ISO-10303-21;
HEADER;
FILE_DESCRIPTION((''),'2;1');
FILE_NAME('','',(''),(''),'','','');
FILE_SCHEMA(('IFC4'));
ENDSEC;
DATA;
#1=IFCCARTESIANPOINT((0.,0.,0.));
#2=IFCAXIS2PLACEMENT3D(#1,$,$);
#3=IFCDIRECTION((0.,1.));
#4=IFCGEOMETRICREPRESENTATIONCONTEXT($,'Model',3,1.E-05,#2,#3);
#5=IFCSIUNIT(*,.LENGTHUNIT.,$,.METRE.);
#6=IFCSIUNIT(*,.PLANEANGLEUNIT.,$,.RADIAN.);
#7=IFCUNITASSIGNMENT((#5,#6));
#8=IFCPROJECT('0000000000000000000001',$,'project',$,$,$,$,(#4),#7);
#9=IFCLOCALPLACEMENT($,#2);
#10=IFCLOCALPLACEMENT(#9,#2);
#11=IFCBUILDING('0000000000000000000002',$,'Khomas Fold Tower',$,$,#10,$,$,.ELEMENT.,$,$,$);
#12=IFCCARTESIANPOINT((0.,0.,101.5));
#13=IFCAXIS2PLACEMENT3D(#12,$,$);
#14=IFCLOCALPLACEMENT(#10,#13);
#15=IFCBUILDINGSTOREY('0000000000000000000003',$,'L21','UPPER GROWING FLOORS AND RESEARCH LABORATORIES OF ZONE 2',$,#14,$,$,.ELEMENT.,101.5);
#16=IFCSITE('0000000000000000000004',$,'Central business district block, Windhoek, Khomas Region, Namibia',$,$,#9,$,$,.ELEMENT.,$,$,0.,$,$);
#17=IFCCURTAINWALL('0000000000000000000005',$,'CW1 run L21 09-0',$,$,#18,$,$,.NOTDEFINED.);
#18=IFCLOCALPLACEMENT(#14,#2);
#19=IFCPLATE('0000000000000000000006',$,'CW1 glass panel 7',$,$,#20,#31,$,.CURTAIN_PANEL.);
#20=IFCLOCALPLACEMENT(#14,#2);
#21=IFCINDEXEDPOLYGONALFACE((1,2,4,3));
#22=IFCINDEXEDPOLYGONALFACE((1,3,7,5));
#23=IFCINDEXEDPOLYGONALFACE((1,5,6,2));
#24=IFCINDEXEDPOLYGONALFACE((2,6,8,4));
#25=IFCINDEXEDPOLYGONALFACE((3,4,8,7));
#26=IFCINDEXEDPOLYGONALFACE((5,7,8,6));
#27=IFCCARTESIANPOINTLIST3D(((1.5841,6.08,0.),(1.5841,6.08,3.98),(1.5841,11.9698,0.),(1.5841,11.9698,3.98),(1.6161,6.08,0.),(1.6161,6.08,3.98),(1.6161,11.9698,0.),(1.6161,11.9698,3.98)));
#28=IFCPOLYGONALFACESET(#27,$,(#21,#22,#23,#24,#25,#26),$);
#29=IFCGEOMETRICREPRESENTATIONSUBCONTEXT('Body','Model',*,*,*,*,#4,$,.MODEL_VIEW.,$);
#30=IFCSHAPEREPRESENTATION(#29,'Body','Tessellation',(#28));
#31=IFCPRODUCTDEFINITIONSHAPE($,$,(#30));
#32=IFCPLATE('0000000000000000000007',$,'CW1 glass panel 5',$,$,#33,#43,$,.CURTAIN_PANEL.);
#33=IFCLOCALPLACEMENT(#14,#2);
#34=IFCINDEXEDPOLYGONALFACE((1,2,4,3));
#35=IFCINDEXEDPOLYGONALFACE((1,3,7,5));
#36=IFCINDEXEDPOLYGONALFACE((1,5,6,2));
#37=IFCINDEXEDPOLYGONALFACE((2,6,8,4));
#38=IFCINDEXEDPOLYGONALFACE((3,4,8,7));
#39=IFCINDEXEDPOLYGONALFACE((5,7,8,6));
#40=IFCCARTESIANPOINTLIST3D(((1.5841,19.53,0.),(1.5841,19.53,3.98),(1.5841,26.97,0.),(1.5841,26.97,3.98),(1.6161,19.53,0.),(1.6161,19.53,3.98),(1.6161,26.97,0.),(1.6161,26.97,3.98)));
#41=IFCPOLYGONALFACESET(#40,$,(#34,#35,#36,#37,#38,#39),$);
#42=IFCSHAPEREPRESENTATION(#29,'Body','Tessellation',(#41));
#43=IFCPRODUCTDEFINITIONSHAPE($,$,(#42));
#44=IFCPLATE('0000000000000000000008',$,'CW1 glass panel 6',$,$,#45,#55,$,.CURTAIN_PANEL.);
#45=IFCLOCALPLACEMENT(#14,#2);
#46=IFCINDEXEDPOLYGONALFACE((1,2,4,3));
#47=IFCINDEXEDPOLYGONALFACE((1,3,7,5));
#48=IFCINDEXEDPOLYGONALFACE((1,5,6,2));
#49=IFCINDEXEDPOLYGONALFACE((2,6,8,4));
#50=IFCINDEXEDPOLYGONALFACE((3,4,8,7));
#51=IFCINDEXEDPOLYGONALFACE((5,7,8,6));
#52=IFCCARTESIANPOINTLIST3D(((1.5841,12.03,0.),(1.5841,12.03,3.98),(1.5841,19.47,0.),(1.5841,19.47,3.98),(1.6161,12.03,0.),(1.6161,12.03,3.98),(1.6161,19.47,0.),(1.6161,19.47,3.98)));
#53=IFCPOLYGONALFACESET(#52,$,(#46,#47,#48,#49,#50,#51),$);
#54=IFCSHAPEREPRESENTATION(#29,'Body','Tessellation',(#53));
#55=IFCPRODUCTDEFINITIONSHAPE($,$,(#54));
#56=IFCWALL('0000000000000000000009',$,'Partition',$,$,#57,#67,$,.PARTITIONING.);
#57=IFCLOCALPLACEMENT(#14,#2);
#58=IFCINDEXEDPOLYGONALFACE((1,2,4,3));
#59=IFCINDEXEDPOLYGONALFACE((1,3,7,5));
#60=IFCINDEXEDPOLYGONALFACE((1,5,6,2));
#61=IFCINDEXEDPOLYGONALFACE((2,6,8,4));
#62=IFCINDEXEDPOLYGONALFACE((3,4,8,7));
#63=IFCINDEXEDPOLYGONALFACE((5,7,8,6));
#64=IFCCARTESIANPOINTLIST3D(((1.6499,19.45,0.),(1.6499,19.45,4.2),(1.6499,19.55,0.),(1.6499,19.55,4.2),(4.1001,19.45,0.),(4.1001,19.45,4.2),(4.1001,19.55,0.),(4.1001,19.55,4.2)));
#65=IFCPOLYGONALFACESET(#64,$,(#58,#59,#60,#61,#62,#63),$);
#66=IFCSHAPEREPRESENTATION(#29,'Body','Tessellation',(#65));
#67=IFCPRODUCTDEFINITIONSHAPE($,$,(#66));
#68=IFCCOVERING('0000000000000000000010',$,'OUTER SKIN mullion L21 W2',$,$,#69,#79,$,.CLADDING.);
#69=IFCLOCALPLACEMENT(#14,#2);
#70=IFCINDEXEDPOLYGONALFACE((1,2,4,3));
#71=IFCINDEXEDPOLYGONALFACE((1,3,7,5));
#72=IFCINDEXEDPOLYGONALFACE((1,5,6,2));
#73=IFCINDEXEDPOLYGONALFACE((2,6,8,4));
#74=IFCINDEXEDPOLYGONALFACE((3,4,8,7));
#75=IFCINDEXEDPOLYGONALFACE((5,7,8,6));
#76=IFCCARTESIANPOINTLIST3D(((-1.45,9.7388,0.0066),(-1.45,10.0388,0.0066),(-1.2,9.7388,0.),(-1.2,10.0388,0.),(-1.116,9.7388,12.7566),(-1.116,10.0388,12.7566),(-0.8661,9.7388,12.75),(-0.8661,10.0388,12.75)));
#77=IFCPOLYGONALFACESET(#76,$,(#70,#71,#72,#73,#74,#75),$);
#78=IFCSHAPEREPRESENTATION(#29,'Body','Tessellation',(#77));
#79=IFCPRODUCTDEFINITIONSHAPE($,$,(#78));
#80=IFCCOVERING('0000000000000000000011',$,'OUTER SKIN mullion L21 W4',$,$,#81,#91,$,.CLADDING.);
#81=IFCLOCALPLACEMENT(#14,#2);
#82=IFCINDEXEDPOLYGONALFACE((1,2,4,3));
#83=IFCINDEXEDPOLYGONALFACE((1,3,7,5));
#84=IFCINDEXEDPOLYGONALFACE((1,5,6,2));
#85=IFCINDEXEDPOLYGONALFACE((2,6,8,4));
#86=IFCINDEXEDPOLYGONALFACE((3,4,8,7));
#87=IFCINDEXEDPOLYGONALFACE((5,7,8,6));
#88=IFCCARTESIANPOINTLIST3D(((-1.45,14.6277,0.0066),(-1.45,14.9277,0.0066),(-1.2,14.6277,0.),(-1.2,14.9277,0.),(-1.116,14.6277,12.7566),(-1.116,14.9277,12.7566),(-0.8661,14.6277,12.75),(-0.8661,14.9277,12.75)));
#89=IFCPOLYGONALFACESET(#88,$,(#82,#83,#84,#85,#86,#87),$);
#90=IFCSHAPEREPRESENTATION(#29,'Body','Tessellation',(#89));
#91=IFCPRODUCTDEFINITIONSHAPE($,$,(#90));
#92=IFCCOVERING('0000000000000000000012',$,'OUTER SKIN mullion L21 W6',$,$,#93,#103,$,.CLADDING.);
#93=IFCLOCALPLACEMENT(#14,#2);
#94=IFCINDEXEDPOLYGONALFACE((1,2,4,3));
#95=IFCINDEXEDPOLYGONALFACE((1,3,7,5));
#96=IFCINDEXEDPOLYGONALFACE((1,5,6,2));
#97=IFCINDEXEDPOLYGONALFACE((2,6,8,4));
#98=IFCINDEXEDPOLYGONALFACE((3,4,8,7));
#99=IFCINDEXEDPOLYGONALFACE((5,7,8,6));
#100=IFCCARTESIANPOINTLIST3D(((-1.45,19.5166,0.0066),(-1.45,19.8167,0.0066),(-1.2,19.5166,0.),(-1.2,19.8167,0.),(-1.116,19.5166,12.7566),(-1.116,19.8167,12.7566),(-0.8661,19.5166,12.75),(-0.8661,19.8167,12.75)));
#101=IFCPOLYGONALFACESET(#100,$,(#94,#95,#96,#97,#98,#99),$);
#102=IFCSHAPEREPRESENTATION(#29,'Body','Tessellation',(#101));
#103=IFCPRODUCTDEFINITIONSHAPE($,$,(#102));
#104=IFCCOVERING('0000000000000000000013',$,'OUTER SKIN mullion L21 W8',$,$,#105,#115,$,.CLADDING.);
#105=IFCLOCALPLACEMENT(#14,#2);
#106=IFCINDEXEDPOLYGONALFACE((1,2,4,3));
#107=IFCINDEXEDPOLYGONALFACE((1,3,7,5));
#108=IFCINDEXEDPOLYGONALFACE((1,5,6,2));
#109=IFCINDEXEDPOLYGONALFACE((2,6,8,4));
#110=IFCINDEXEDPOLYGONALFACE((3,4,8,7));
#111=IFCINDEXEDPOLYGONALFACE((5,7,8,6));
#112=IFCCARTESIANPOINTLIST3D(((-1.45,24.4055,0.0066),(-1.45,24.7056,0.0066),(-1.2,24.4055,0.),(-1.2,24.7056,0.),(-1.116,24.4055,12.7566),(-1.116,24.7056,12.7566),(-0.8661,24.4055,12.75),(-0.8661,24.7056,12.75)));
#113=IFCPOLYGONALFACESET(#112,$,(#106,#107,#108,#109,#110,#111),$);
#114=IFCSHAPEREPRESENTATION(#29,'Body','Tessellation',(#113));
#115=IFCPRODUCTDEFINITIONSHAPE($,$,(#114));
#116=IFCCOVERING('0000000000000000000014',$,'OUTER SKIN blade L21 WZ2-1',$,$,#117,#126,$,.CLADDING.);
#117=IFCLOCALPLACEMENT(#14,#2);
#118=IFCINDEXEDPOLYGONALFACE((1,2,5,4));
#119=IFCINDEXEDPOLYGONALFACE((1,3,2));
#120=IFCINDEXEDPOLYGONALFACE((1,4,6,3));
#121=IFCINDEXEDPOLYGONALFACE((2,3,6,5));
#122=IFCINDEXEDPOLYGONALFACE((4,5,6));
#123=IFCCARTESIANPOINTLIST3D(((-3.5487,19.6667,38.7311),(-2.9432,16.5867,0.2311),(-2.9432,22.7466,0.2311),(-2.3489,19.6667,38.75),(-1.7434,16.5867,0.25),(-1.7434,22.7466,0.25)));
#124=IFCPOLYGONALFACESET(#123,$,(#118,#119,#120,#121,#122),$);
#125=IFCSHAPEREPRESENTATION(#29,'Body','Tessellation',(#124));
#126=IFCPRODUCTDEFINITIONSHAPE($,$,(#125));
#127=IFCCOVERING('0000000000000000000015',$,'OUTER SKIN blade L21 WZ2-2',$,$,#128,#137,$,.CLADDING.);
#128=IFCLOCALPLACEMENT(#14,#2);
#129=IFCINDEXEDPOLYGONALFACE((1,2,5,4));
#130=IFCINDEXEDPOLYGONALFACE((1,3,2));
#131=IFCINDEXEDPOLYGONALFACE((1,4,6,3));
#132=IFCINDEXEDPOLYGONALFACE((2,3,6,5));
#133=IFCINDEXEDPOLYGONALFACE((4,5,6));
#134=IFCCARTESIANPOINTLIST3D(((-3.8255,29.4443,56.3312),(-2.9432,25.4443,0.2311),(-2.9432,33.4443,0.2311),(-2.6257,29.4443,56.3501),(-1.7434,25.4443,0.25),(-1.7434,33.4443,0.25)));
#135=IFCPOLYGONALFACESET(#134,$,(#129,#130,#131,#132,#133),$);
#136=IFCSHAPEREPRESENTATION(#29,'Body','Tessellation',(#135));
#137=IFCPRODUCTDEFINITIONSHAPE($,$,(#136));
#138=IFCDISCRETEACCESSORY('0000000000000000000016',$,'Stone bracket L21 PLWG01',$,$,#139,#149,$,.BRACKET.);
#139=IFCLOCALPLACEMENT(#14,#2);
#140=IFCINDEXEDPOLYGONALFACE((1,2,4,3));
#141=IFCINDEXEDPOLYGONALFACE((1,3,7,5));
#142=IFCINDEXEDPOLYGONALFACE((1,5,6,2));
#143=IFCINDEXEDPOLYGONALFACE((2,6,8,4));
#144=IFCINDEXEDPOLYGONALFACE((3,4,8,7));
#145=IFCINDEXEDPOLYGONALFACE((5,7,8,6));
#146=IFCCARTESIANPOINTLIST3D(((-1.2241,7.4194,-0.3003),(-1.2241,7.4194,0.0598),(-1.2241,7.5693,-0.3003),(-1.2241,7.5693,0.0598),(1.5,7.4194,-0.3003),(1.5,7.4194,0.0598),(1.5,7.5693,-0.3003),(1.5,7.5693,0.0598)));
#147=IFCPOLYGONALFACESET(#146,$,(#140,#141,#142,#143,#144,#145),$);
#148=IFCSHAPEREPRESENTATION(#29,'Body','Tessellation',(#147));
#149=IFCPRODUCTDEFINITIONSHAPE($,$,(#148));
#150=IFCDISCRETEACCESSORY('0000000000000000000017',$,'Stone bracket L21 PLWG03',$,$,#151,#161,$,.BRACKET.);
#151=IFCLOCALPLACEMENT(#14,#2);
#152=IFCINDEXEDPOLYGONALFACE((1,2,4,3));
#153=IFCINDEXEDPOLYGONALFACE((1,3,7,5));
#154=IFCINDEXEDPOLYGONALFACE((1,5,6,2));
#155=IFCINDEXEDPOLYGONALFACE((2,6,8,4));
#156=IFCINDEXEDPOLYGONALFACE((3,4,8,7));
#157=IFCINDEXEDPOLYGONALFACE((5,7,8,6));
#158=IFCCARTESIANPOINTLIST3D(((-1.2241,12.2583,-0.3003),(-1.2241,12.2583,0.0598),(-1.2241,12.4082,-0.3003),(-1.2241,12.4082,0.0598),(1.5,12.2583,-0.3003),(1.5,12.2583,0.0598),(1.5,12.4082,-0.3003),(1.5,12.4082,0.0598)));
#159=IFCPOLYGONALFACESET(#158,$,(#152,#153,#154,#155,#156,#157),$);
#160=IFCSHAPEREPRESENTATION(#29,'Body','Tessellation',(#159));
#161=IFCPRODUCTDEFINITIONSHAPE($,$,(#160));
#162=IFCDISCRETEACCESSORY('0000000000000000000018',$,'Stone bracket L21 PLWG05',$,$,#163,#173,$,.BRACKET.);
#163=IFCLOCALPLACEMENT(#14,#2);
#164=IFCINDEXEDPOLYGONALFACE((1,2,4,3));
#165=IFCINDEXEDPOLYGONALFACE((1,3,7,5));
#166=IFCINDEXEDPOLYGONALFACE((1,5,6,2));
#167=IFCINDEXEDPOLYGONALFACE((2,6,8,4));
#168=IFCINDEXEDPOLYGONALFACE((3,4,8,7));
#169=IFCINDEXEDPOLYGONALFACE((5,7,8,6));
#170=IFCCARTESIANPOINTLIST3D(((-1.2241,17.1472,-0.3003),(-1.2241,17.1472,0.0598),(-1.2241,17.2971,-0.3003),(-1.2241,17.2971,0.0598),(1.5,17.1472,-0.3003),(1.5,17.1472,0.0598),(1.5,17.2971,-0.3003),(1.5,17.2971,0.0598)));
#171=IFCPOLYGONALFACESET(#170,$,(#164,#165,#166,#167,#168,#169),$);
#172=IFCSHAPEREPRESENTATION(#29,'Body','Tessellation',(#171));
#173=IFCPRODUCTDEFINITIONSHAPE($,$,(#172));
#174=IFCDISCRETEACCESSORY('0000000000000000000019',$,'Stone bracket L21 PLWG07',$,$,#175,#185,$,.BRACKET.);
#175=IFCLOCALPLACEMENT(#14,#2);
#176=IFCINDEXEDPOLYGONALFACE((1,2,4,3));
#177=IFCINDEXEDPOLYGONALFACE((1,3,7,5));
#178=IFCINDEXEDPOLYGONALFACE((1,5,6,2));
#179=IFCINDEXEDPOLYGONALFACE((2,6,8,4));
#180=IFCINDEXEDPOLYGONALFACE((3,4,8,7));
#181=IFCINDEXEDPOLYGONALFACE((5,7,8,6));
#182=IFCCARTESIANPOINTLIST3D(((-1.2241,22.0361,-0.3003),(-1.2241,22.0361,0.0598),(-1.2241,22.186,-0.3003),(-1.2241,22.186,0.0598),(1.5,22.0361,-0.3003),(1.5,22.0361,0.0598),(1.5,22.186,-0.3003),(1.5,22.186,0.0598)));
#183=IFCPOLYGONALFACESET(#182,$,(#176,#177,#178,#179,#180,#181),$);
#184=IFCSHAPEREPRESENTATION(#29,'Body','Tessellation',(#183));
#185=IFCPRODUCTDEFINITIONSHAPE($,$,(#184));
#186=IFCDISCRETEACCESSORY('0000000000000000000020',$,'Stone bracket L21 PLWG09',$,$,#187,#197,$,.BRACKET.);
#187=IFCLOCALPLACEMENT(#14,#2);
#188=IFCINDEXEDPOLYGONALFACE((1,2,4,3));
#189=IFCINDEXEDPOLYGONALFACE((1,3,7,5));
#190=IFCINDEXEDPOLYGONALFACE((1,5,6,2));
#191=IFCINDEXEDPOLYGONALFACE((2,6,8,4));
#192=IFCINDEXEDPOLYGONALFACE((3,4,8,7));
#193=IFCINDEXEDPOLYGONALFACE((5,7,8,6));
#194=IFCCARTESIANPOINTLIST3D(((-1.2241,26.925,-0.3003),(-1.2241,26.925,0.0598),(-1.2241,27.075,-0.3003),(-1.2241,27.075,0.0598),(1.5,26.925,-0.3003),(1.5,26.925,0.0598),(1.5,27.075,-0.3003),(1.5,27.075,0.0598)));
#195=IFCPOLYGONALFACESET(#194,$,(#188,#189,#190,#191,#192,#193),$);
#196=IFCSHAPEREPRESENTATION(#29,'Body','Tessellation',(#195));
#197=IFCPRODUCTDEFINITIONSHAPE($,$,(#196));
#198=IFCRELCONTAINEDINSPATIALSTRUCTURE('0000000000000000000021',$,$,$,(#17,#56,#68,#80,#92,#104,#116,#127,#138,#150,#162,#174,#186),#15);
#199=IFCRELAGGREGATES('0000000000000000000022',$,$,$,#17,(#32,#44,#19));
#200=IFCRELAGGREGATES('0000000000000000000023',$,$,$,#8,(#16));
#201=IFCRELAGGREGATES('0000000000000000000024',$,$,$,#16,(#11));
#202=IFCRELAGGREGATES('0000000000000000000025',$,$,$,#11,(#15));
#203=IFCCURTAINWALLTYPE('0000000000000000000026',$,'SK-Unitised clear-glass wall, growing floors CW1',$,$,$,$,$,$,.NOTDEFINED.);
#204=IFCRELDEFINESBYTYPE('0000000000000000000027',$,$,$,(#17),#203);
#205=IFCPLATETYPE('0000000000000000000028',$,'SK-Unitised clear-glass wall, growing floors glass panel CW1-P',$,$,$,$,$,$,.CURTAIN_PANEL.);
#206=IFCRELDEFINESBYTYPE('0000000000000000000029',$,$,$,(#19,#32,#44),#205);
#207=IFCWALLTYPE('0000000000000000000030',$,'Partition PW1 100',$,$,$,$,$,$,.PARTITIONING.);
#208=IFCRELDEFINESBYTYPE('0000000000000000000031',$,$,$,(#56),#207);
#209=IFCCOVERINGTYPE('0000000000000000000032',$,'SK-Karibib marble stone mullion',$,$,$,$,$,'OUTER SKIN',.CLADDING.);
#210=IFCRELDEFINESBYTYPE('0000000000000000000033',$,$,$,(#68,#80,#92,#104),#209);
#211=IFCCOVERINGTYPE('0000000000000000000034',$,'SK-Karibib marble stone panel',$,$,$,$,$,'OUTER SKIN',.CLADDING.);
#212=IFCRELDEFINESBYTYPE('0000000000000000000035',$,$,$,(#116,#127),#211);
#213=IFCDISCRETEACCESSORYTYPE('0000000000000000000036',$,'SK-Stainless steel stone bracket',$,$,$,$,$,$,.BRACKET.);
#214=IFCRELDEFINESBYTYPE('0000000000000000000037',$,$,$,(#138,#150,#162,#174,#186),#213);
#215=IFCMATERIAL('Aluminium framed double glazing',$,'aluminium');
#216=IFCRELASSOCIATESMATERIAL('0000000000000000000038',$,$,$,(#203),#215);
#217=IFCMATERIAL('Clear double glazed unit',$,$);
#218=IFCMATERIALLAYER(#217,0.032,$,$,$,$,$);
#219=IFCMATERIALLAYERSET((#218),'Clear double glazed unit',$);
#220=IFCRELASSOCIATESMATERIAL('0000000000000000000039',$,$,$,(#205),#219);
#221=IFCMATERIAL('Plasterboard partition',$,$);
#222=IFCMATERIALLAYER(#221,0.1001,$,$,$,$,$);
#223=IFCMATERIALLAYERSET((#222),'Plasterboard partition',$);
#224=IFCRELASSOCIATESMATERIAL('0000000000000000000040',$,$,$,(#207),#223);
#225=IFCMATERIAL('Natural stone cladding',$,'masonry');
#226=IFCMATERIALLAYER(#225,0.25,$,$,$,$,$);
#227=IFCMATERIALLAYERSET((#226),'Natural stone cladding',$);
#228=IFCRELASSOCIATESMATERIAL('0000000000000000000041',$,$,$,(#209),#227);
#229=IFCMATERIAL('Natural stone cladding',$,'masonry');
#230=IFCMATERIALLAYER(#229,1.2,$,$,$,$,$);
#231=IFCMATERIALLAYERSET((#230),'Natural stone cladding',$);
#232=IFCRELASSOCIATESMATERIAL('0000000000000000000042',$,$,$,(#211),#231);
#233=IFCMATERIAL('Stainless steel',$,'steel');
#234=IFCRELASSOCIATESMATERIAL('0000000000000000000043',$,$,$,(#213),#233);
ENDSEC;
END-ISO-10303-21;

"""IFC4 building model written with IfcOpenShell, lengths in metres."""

from ifc_helpers import new_model, si_unit, direction, frame, frame_2d, origin, origin_2d, place, context, subcontext, project, spatial, polyline, rectangle, outline, extrude, source, transform, mapped, material, layer, layer_set, type_object, element, aggregate, save


model = new_model("IFC4")

# Units and contexts
model_context = context("Model", 3, precision=1e-05, world=origin(), true_north=direction((0.0, 1.0)))
body_context = subcontext(model_context, "Body", "Model", "MODEL_VIEW")
ifc_project = project(units=[si_unit("LENGTHUNIT", "METRE"), si_unit("PLANEANGLEUNIT", "RADIAN")], contexts=[model_context])

# Site, building, storey
site_placement = place(None, origin())
site = spatial("IfcSite", under=ifc_project, at=site_placement, Name="Central business district block, Windhoek, Khomas Region, Namibia", CompositionType="ELEMENT", RefElevation=0.0)
building_placement = place(site_placement, origin())
building = spatial("IfcBuilding", under=site, at=building_placement, Name="Khomas Fold Tower", CompositionType="ELEMENT")
storey_placement = place(building_placement, frame((0.0, 0.0, 101.5)))
storey = spatial("IfcBuildingStorey", under=building, at=storey_placement, Name="L21", Description="UPPER GROWING FLOORS AND RESEARCH LABORATORIES OF ZONE 2", CompositionType="ELEMENT", Elevation=101.5)

# Curtain wall
ifc_material_1 = material(Name="Aluminium framed double glazing", Category="aluminium")
curtain_wall_type = type_object("IfcCurtainWallType", Name="SK-Unitised clear-glass wall, growing floors CW1", PredefinedType="NOTDEFINED", material=ifc_material_1)
curtain_wall_placement = place(storey_placement, origin())
curtain_wall = element("IfcCurtainWall", 1, at=curtain_wall_placement, inside=storey, type_object=curtain_wall_type, Name="CW1 run L21 09-0", PredefinedType="NOTDEFINED")

# Plates
ifc_material_2 = material(Name="Clear double glazed unit")
ifc_layer_1 = layer(ifc_material_2, 0.032)
ifc_layer_set_1 = layer_set([ifc_layer_1], Name="Clear double glazed unit")
plate_type_1 = type_object("IfcPlateType", Name="SK-Unitised clear-glass wall, growing floors glass panel CW1-P", PredefinedType="CURTAIN_PANEL", material=ifc_layer_set_1)
shared_shape_1 = source(origin(), body_context, "Body", "SweptSolid", [
    extrude(rectangle(XDim=5.8899, YDim=0.032, at=origin_2d()), origin(), (0.0, 0.0, 1.0), 3.98),
])
plate_1_placement = place(storey_placement, frame((1.6001, 9.0249, 0.0), z_axis=(0.0, 0.0, 1.0), x_axis=(0.0, -1.0, 0.0)))
plate_1 = element("IfcPlate", 2, at=plate_1_placement, type_object=plate_type_1, Name="CW1 glass panel 7", PredefinedType="CURTAIN_PANEL", context=body_context, shape_type="MappedRepresentation", body=[
    mapped(shared_shape_1, transform((0.0, 0.0, 0.0))),
])
shared_shape_2 = source(origin(), body_context, "Body", "SweptSolid", [
    extrude(rectangle(XDim=7.4399, YDim=0.032, at=origin_2d()), origin(), (0.0, 0.0, 1.0), 3.98),
])
plate_2_placement = place(storey_placement, frame((1.6001, 23.25, 0.0), z_axis=(0.0, 0.0, 1.0), x_axis=(0.0, -1.0, 0.0)))
plate_2 = element("IfcPlate", 3, at=plate_2_placement, type_object=plate_type_1, Name="CW1 glass panel 5", PredefinedType="CURTAIN_PANEL", context=body_context, shape_type="MappedRepresentation", body=[
    mapped(shared_shape_2, transform((0.0, 0.0, 0.0))),
])
plate_3_placement = place(storey_placement, frame((1.6001, 15.75, 0.0), z_axis=(0.0, 0.0, 1.0), x_axis=(0.0, -1.0, 0.0)))
plate_3 = element("IfcPlate", 4, at=plate_3_placement, type_object=plate_type_1, Name="CW1 glass panel 6", PredefinedType="CURTAIN_PANEL", context=body_context, shape_type="MappedRepresentation", body=[
    mapped(shared_shape_2, transform((0.0, 0.0, 0.0))),
])
aggregate(curtain_wall, [plate_2, plate_3, plate_1])

# Wall
ifc_material_3 = material(Name="Plasterboard partition")
ifc_layer_2 = layer(ifc_material_3, 0.1001)
ifc_layer_set_2 = layer_set([ifc_layer_2], Name="Plasterboard partition")
wall_type = type_object("IfcWallType", Name="Partition PW1 100", PredefinedType="PARTITIONING", material=ifc_layer_set_2)
shared_shape_3 = source(origin(), body_context, "Body", "SweptSolid", [
    extrude(rectangle(XDim=2.4502, YDim=0.1001, at=frame_2d((1.2251, 0.0))), origin(), (0.0, 0.0, 1.0), 4.2),
])
wall_placement = place(storey_placement, frame((1.6499, 19.5, 0.0), z_axis=(0.0, 0.0, 1.0), x_axis=(1.0, 0.0, 0.0)))
element("IfcWall", 5, at=wall_placement, inside=storey, type_object=wall_type, Name="Partition", PredefinedType="PARTITIONING", context=body_context, shape_type="MappedRepresentation", body=[
    mapped(shared_shape_3, transform((0.0, 0.0, 0.0))),
])

# Coverings
ifc_material_4 = material(Name="Natural stone cladding", Category="masonry")
ifc_layer_3 = layer(ifc_material_4, 0.25)
ifc_layer_set_3 = layer_set([ifc_layer_3], Name="Natural stone cladding")
covering_type_1 = type_object("IfcCoveringType", Name="SK-Karibib marble stone mullion", ElementType="OUTER SKIN", PredefinedType="CLADDING", material=ifc_layer_set_3)
for number, where, z_axis, x_axis, name in (
    (6, (-1.45, 9.7388, 0.0066), (-0.999657, 0.0, 0.026186), (0.0, 1.0, 0.0), "OUTER SKIN mullion L21 W2"),
    (7, (-1.45, 14.6277, 0.0066), (-0.999657, 0.0, 0.026186), (0.0, 1.0, 0.0), "OUTER SKIN mullion L21 W4"),
    (8, (-1.45, 19.5166, 0.0066), (-0.999657, 0.0, 0.026186), (0.0, 1.0, 0.0), "OUTER SKIN mullion L21 W6"),
    (9, (-1.45, 24.4055, 0.0066), (-0.999657, 0.0, 0.026186), (0.0, 1.0, 0.0), "OUTER SKIN mullion L21 W8"),
):
    element("IfcCovering", number, at=place(storey_placement, frame(where, z_axis=z_axis, x_axis=x_axis)), inside=storey, type_object=covering_type_1, Name=name, PredefinedType="CLADDING", context=body_context, shape_type="SweptSolid", body=[
        extrude(outline(polyline([(0.0, 0.0), (0.3, 0.0), (0.3, -12.7544), (0.0, -12.7544), (0.0, 0.0)])), origin(), (0.0, 0.0, -1.0), 0.25),
    ])
ifc_material_5 = material(Name="Natural stone cladding", Category="masonry")
ifc_layer_4 = layer(ifc_material_5, 1.2)
ifc_layer_set_4 = layer_set([ifc_layer_4], Name="Natural stone cladding")
covering_type_2 = type_object("IfcCoveringType", Name="SK-Karibib marble stone panel", ElementType="OUTER SKIN", PredefinedType="CLADDING", material=ifc_layer_set_4)
covering_1_placement = place(storey_placement, frame((-1.7434, 16.5867, 0.25), z_axis=(0.999876, 0.0, 0.015725), x_axis=(0.0, 1.0, 0.0)))
element("IfcCovering", 10, at=covering_1_placement, inside=storey, type_object=covering_type_2, Name="OUTER SKIN blade L21 WZ2-1", PredefinedType="CLADDING", context=body_context, shape_type="SweptSolid", body=[
    extrude(outline(polyline([(0.0, 0.0), (6.1599, 0.0), (3.0801, 38.5048), (0.0, 0.0)])), origin(), (0.0, 0.0, -1.0), 1.2),
])
covering_2_placement = place(storey_placement, frame((-1.7434, 25.4443, 0.25), z_axis=(0.999876, 0.0, 0.015726), x_axis=(0.0, 1.0, 0.0)))
element("IfcCovering", 11, at=covering_2_placement, inside=storey, type_object=covering_type_2, Name="OUTER SKIN blade L21 WZ2-2", PredefinedType="CLADDING", context=body_context, shape_type="SweptSolid", body=[
    extrude(outline(polyline([(0.0, 0.0), (8.0, 0.0), (4.0, 56.107), (0.0, 0.0)])), origin(), (0.0, 0.0, -1.0), 1.2),
])

# Discrete accessories
ifc_material_6 = material(Name="Stainless steel", Category="steel")
discrete_accessory_type = type_object("IfcDiscreteAccessoryType", Name="SK-Stainless steel stone bracket", PredefinedType="BRACKET", material=ifc_material_6)
shared_shape_4 = source(origin(), body_context, "Body", "SweptSolid", [
    extrude(rectangle(XDim=2.7241, YDim=0.1499, at=origin_2d()), origin(), (0.0, 0.0, 1.0), 0.3601),
])
for number, where, z_axis, x_axis, name in (
    (12, (0.1379, 7.4944, -0.3003), (0.0, 0.0, 1.0), (-1.0, 0.0, 0.0), "Stone bracket L21 PLWG01"),
    (13, (0.1379, 12.3333, -0.3003), (0.0, 0.0, 1.0), (-1.0, 0.0, 0.0), "Stone bracket L21 PLWG03"),
    (14, (0.1379, 17.2222, -0.3003), (0.0, 0.0, 1.0), (-1.0, 0.0, 0.0), "Stone bracket L21 PLWG05"),
    (15, (0.1379, 22.1111, -0.3003), (0.0, 0.0, 1.0), (-1.0, 0.0, 0.0), "Stone bracket L21 PLWG07"),
    (16, (0.1379, 27.0, -0.3003), (0.0, 0.0, 1.0), (-1.0, 0.0, 0.0), "Stone bracket L21 PLWG09"),
):
    element("IfcDiscreteAccessory", number, at=place(storey_placement, frame(where, z_axis=z_axis, x_axis=x_axis)), inside=storey, type_object=discrete_accessory_type, Name=name, PredefinedType="BRACKET", context=body_context, shape_type="MappedRepresentation", body=[
        mapped(shared_shape_4, transform((0.0, 0.0, 0.0))),
    ])

save(model, "model.ifc")
